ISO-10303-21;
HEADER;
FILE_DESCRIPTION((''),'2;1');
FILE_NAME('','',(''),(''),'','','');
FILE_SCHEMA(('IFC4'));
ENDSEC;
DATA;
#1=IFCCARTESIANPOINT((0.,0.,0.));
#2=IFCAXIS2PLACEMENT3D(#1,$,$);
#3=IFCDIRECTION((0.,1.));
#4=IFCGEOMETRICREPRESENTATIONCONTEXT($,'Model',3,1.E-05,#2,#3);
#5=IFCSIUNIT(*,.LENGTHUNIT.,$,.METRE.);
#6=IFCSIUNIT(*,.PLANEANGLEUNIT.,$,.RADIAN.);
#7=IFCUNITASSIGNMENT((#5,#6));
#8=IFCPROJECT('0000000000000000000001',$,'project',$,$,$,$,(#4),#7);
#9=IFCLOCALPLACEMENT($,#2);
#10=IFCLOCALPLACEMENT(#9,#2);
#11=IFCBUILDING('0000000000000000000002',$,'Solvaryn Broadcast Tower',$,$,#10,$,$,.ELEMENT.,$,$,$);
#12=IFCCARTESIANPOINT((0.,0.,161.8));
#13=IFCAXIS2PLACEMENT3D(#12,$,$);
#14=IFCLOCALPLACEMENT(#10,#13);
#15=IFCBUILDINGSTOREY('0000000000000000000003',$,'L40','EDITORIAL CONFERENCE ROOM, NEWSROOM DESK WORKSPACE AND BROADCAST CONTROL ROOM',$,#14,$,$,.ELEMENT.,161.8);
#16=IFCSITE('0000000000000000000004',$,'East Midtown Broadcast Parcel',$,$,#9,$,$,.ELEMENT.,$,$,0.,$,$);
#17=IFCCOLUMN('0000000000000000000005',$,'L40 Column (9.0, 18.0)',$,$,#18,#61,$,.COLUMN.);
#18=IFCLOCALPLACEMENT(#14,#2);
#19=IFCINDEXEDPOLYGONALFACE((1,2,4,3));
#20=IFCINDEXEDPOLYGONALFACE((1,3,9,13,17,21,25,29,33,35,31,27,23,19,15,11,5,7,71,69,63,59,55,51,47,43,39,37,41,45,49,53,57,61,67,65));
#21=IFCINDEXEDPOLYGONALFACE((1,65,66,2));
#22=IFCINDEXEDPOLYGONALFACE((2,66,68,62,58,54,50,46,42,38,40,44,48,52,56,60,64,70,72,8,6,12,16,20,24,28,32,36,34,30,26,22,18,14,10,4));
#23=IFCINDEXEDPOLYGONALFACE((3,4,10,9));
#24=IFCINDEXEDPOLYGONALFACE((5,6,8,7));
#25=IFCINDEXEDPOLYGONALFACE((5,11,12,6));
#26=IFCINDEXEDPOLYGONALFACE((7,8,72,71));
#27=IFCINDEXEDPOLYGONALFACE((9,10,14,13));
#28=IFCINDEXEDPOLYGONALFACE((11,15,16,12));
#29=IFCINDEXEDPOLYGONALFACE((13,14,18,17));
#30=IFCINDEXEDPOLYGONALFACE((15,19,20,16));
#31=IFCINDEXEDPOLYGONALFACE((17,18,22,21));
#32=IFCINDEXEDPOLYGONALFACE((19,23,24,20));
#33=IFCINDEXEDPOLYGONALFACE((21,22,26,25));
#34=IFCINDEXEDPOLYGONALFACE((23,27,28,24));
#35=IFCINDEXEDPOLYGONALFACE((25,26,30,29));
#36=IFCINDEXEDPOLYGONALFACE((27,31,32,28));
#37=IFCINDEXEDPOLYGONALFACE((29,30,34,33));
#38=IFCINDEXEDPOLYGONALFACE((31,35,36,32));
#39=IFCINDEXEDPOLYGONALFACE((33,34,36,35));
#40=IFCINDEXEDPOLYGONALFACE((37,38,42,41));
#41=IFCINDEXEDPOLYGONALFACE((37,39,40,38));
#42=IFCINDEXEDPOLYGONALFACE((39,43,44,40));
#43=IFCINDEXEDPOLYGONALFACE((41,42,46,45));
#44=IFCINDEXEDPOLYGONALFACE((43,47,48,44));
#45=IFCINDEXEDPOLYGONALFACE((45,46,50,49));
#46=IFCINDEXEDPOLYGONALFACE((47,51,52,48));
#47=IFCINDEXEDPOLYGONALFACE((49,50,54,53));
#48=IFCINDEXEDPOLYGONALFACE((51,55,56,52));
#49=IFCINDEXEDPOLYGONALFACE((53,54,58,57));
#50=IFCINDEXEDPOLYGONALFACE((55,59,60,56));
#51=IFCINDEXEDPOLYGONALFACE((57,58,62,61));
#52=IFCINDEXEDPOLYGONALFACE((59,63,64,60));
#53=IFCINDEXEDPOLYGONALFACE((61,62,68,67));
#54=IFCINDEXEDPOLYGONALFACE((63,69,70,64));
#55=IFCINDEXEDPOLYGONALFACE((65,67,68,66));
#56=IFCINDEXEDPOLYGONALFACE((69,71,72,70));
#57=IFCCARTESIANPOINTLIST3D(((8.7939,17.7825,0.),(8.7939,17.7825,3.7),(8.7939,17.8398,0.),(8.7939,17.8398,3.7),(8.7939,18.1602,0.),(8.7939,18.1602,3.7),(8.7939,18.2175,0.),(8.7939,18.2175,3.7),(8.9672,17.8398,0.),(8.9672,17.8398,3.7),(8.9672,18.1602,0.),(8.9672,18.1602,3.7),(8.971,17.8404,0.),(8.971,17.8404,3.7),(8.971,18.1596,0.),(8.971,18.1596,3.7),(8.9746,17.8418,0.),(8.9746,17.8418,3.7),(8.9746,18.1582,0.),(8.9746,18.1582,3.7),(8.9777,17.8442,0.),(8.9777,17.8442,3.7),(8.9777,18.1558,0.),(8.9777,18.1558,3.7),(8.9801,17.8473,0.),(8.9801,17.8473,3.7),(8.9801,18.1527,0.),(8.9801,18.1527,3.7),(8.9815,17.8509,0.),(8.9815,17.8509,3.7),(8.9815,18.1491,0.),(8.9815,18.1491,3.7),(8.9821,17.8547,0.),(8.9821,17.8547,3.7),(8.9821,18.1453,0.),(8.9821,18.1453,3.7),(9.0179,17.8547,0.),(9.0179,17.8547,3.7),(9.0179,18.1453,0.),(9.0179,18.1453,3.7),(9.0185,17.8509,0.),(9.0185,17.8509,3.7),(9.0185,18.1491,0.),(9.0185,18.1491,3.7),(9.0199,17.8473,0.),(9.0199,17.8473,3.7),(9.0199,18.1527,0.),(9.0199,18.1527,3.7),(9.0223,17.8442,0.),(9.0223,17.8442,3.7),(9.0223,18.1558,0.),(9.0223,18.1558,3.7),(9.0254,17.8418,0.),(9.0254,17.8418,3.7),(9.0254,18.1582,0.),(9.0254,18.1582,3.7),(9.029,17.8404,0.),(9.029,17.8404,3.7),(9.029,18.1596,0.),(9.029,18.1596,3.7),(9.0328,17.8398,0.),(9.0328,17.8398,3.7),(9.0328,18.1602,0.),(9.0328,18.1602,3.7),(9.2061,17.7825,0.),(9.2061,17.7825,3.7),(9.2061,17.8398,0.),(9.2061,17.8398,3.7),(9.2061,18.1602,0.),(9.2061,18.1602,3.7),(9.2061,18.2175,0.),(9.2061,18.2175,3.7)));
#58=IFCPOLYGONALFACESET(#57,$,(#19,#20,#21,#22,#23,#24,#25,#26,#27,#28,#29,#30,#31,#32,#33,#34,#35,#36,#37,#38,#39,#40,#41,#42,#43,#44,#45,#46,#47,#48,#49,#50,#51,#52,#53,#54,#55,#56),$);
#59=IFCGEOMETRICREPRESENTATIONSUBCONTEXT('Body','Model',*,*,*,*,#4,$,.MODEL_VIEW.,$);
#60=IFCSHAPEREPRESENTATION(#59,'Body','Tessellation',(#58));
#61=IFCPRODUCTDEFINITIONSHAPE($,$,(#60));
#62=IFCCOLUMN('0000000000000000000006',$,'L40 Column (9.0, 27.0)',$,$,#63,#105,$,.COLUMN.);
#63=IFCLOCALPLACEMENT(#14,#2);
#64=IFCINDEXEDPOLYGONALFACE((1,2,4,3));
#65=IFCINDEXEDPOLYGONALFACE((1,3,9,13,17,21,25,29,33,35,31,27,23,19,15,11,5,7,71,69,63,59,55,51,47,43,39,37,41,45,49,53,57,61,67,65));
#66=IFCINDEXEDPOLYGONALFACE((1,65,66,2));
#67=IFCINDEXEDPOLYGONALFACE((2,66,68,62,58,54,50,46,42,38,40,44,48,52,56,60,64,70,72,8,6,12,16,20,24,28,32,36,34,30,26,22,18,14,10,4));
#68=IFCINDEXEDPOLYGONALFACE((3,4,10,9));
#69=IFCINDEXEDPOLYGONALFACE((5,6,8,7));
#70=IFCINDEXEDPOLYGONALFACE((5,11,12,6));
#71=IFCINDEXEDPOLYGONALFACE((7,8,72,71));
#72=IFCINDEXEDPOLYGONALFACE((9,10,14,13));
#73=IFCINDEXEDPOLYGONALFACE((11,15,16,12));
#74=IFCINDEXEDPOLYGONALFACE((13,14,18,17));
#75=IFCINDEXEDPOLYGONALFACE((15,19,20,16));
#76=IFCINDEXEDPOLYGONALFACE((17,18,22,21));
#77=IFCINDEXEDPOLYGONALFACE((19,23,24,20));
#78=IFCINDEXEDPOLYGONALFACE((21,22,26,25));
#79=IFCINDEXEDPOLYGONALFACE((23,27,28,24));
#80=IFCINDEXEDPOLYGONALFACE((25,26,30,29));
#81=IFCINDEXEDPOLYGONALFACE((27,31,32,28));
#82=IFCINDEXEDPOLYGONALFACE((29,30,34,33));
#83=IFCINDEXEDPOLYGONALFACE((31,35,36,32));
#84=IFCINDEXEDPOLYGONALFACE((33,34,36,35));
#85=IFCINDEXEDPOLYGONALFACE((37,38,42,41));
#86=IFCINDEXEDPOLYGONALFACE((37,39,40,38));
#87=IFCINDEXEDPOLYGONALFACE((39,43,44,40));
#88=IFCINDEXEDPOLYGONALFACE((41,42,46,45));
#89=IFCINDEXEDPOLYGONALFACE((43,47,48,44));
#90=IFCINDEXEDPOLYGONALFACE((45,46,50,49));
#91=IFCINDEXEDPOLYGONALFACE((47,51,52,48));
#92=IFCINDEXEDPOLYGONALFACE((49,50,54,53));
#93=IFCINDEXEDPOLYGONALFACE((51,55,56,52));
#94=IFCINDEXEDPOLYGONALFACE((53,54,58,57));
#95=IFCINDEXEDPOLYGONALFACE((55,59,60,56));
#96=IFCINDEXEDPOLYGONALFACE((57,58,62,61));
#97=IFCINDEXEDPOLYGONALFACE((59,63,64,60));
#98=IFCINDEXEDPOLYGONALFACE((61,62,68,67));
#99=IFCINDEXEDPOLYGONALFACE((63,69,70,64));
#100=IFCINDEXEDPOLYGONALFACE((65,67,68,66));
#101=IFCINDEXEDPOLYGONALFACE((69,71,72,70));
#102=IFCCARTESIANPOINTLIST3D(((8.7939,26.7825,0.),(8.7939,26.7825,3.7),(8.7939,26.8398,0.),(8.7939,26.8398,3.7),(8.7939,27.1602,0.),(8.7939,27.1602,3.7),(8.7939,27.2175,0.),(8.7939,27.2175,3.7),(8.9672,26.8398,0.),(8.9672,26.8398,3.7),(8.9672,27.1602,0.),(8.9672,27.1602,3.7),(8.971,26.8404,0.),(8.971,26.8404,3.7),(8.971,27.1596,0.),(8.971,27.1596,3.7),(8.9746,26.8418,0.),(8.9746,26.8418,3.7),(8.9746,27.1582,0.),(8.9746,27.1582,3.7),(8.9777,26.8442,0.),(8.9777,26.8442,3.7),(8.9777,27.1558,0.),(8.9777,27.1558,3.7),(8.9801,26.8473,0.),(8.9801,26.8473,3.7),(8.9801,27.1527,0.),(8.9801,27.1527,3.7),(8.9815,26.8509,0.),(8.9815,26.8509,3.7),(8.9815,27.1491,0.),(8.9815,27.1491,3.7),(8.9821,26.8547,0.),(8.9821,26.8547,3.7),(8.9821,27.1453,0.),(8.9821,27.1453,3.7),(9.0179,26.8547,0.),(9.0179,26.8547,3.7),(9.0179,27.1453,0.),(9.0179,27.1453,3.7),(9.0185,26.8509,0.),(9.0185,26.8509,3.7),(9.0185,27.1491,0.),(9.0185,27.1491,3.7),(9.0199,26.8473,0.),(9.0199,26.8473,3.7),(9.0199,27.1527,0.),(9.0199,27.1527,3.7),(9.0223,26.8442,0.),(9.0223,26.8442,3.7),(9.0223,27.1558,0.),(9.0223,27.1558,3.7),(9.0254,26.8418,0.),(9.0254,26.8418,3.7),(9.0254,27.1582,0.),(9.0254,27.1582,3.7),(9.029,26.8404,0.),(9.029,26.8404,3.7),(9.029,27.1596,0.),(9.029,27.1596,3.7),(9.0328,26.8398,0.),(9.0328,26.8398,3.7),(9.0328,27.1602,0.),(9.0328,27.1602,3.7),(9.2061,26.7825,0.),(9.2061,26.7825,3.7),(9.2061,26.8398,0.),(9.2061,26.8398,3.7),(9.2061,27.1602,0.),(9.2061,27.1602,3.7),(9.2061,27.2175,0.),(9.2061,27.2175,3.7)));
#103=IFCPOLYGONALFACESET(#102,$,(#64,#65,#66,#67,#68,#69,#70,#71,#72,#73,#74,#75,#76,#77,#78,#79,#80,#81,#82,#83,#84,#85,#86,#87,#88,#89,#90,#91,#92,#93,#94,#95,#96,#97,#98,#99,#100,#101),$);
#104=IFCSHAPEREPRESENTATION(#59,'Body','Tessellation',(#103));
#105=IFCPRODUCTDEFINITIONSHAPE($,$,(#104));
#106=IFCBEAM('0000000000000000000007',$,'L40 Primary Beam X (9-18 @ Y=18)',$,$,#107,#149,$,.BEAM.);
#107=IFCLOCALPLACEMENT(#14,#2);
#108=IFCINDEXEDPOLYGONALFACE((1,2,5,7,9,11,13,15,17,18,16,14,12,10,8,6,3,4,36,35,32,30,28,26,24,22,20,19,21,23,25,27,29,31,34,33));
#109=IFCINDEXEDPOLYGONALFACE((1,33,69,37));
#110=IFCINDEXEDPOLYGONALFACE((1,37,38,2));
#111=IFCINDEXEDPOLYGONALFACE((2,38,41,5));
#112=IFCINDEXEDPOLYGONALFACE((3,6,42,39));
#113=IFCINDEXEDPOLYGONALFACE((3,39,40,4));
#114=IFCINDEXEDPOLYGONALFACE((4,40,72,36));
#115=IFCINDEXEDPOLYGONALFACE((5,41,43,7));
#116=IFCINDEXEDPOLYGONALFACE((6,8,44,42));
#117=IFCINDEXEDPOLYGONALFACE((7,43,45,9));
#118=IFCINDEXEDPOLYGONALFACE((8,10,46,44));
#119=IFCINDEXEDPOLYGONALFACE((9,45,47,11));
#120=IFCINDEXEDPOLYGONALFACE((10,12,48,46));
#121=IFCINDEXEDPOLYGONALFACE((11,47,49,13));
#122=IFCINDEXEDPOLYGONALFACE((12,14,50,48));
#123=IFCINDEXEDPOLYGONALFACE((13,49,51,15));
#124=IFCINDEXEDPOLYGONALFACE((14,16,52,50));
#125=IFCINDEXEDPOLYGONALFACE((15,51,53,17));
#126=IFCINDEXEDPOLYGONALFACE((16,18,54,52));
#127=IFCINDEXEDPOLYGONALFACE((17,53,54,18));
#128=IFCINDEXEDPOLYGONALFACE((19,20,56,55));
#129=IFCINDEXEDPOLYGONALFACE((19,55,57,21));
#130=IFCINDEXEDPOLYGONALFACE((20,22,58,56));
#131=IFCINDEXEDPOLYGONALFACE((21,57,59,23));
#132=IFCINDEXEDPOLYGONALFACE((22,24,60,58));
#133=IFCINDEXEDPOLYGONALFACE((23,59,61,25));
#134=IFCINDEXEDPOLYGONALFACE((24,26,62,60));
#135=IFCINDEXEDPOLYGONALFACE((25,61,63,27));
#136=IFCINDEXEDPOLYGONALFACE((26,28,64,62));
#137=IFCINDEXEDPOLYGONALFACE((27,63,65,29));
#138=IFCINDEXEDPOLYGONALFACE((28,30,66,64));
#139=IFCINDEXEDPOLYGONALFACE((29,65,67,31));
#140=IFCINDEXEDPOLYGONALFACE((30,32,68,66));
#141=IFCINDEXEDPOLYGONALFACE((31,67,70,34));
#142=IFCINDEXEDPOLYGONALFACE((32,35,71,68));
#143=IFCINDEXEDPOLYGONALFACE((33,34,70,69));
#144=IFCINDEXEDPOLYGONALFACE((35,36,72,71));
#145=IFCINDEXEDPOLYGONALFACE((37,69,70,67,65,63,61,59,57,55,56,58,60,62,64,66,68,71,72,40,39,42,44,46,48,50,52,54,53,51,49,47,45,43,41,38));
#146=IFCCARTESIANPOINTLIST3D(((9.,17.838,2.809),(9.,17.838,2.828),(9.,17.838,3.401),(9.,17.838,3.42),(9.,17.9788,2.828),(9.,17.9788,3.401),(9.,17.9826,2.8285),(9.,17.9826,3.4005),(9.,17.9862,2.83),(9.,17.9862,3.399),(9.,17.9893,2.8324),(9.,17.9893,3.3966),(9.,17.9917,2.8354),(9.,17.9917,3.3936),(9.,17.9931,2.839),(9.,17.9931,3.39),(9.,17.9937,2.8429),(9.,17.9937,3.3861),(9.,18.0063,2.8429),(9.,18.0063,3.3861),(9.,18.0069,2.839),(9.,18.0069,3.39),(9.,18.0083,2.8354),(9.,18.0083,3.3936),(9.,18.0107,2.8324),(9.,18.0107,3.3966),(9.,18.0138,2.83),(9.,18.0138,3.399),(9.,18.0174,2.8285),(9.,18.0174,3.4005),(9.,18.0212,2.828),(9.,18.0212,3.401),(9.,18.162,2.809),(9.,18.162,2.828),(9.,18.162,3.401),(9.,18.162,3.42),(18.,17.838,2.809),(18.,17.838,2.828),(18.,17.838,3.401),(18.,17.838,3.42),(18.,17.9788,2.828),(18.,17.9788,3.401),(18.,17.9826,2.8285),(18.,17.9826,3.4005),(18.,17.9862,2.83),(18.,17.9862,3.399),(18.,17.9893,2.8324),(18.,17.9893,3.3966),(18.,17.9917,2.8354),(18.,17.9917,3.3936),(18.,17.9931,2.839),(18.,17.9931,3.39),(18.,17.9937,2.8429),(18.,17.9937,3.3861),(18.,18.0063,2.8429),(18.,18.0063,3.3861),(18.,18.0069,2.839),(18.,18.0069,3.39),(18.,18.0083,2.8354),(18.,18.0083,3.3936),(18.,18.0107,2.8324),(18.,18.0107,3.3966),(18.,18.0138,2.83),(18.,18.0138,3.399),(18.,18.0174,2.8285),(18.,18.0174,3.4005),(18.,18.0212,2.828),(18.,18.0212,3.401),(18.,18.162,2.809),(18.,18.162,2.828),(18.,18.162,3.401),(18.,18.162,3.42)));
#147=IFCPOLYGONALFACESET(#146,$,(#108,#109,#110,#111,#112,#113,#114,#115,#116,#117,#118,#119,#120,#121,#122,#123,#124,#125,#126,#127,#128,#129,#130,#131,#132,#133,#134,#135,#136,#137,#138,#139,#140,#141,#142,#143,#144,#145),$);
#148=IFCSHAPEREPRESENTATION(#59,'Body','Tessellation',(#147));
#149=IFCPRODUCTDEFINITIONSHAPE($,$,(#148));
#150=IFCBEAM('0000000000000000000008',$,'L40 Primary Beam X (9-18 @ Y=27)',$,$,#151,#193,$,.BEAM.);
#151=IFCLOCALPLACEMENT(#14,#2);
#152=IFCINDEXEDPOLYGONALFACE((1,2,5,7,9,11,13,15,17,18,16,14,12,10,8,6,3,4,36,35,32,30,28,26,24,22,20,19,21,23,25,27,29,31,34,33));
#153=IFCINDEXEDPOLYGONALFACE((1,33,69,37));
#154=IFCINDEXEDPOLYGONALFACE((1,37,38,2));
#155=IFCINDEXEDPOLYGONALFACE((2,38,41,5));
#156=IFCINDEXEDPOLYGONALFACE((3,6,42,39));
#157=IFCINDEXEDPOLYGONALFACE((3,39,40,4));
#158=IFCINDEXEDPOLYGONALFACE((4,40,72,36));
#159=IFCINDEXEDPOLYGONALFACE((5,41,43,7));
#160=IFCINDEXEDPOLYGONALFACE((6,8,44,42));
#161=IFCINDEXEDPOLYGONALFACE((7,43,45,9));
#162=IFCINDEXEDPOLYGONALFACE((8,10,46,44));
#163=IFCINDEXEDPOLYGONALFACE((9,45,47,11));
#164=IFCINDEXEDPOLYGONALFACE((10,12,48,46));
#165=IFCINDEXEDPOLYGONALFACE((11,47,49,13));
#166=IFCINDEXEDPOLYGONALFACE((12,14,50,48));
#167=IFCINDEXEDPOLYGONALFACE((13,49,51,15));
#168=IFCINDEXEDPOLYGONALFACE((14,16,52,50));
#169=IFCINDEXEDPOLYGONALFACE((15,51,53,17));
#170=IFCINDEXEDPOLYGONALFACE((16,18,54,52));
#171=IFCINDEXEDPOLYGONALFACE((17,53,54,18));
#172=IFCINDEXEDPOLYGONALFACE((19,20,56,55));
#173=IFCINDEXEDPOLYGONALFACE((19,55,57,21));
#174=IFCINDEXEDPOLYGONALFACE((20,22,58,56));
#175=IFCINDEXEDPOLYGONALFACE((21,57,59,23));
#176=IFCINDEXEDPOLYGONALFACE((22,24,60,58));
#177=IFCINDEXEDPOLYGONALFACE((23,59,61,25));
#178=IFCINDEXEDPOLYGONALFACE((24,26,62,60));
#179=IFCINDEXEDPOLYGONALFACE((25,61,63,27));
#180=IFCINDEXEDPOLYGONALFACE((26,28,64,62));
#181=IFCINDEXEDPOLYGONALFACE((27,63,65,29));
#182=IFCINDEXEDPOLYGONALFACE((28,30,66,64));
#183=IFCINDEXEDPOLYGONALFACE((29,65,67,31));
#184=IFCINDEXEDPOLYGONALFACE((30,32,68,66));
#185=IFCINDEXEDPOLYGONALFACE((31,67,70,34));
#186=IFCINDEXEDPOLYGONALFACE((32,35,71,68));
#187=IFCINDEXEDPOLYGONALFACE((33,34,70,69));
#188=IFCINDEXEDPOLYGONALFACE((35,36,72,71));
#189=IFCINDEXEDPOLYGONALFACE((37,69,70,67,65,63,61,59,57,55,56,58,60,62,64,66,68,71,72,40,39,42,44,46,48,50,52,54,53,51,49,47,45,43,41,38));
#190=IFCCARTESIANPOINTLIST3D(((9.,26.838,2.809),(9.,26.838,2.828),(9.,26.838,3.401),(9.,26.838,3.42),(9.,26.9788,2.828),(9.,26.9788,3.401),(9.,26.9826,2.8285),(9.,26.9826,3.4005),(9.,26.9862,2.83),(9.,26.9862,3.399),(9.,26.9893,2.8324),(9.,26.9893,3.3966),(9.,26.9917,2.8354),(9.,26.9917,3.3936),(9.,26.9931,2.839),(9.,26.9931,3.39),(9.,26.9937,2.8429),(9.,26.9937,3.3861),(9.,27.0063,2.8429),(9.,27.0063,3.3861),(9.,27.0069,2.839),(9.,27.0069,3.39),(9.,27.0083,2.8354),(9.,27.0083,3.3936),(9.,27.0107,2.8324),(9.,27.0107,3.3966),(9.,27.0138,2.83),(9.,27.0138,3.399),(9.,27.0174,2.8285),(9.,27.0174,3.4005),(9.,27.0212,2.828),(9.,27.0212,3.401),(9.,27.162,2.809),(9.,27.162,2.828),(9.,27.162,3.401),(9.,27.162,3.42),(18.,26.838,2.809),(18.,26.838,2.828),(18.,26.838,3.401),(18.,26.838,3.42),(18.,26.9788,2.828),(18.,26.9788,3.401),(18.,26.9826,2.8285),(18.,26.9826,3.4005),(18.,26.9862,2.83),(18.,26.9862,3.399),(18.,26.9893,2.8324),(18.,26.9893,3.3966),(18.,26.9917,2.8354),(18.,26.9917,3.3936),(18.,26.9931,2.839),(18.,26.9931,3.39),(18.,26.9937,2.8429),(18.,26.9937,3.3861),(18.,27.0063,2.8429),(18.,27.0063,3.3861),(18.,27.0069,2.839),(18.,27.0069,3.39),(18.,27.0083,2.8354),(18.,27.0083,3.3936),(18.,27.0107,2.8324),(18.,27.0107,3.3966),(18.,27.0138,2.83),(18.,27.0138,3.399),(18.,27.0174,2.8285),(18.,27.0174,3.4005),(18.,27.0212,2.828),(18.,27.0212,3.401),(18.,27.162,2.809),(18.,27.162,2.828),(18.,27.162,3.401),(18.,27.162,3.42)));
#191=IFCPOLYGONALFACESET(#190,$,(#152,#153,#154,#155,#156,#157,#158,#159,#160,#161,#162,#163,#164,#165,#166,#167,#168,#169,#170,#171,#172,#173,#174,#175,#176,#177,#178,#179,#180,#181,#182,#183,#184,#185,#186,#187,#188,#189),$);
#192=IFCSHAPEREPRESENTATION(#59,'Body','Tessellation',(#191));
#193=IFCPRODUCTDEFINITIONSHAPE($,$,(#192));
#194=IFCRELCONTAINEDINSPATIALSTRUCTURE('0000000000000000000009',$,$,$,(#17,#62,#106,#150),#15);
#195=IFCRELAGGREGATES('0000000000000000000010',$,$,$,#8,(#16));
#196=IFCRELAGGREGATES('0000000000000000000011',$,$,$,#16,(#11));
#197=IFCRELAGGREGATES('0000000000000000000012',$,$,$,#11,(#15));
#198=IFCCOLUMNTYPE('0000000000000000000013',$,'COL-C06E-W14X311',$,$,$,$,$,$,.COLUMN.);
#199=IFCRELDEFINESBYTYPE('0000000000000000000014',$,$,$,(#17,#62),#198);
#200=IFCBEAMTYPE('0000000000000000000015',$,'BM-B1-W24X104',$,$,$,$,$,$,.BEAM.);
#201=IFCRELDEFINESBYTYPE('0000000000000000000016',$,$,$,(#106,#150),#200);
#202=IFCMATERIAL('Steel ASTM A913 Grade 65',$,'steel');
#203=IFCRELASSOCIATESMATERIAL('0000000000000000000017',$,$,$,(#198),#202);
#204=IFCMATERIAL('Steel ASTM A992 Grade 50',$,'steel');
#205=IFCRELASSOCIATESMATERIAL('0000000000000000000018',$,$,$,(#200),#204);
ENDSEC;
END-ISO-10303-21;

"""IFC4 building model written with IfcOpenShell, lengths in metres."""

from ifc_helpers import new_model, si_unit, direction, frame, origin, origin_2d, place, context, subcontext, project, spatial, i_section, extrude, material, material_profile, profile_set, type_object, element, save


model = new_model("IFC4")

# Units and contexts
model_context = context("Model", 3, precision=1e-05, world=origin(), true_north=direction((0.0, 1.0)))
body_context = subcontext(model_context, "Body", "Model", "MODEL_VIEW")
ifc_project = project(units=[si_unit("LENGTHUNIT", "METRE"), si_unit("PLANEANGLEUNIT", "RADIAN")], contexts=[model_context])

# Site, building, storey
site_placement = place(None, origin())
site = spatial("IfcSite", under=ifc_project, at=site_placement, Name="East Midtown Broadcast Parcel", CompositionType="ELEMENT", RefElevation=0.0)
building_placement = place(site_placement, origin())
building = spatial("IfcBuilding", under=site, at=building_placement, Name="Solvaryn Broadcast Tower", CompositionType="ELEMENT")
storey_placement = place(building_placement, frame((0.0, 0.0, 161.8)))
storey = spatial("IfcBuildingStorey", under=building, at=storey_placement, Name="L40", Description="EDITORIAL CONFERENCE ROOM, NEWSROOM DESK WORKSPACE AND BROADCAST CONTROL ROOM", CompositionType="ELEMENT", Elevation=161.8)

# Columns
ifc_material_1 = material(Name="Steel ASTM A913 Grade 65", Category="steel")
ifc_material_profile_1 = material_profile(ifc_material_1, i_section(OverallWidth=0.4121, OverallDepth=0.4351, WebThickness=0.0359, FlangeThickness=0.0574, FilletRadius=0.0149, at=origin_2d()))
ifc_profile_set_1 = profile_set([ifc_material_profile_1], Name="Steel ASTM A913 Grade 65")
column_type = type_object("IfcColumnType", Name="COL-C06E-W14X311", PredefinedType="COLUMN", material=ifc_profile_set_1)
for number, where, z_axis, x_axis, name in (
    (1, (9.0, 18.0, 0.0), (0.0, 0.0, 1.0), (1.0, 0.0, 0.0), "L40 Column (9.0, 18.0)"),
    (2, (9.0, 27.0, 0.0), (0.0, 0.0, 1.0), (1.0, 0.0, 0.0), "L40 Column (9.0, 27.0)"),
):
    element("IfcColumn", number, at=place(storey_placement, frame(where, z_axis=z_axis, x_axis=x_axis)), inside=storey, type_object=column_type, Name=name, PredefinedType="COLUMN", context=body_context, shape_type="SweptSolid", body=[
        extrude(i_section(OverallWidth=0.4121, OverallDepth=0.4351, WebThickness=0.0359, FlangeThickness=0.0574, FilletRadius=0.0149, at=origin_2d()), origin(), (0.0, 0.0, 1.0), 3.7),
    ])

# Beams
ifc_material_2 = material(Name="Steel ASTM A992 Grade 50", Category="steel")
ifc_material_profile_2 = material_profile(ifc_material_2, i_section(OverallWidth=0.324, OverallDepth=0.6111, WebThickness=0.0127, FlangeThickness=0.019, FilletRadius=0.0149, at=origin_2d()))
ifc_profile_set_2 = profile_set([ifc_material_profile_2], Name="Steel ASTM A992 Grade 50")
beam_type_1 = type_object("IfcBeamType", Name="BM-B1-W24X104", PredefinedType="BEAM", material=ifc_profile_set_2)
for number, where, z_axis, x_axis, name in (
    (3, (9.0, 18.0, 3.1145), (1.0, 0.0, 0.0), (0.0, 1.0, 0.0), "L40 Primary Beam X (9-18 @ Y=18)"),
    (4, (9.0, 27.0, 3.1145), (1.0, 0.0, 0.0), (0.0, 1.0, 0.0), "L40 Primary Beam X (9-18 @ Y=27)"),
):
    element("IfcBeam", number, at=place(storey_placement, frame(where, z_axis=z_axis, x_axis=x_axis)), inside=storey, type_object=beam_type_1, Name=name, PredefinedType="BEAM", context=body_context, shape_type="SweptSolid", body=[
        extrude(i_section(OverallWidth=0.324, OverallDepth=0.6111, WebThickness=0.0127, FlangeThickness=0.019, FilletRadius=0.0149, at=origin_2d()), origin(), (0.0, 0.0, 1.0), 9.0),
    ])

save(model, "model.ifc")
